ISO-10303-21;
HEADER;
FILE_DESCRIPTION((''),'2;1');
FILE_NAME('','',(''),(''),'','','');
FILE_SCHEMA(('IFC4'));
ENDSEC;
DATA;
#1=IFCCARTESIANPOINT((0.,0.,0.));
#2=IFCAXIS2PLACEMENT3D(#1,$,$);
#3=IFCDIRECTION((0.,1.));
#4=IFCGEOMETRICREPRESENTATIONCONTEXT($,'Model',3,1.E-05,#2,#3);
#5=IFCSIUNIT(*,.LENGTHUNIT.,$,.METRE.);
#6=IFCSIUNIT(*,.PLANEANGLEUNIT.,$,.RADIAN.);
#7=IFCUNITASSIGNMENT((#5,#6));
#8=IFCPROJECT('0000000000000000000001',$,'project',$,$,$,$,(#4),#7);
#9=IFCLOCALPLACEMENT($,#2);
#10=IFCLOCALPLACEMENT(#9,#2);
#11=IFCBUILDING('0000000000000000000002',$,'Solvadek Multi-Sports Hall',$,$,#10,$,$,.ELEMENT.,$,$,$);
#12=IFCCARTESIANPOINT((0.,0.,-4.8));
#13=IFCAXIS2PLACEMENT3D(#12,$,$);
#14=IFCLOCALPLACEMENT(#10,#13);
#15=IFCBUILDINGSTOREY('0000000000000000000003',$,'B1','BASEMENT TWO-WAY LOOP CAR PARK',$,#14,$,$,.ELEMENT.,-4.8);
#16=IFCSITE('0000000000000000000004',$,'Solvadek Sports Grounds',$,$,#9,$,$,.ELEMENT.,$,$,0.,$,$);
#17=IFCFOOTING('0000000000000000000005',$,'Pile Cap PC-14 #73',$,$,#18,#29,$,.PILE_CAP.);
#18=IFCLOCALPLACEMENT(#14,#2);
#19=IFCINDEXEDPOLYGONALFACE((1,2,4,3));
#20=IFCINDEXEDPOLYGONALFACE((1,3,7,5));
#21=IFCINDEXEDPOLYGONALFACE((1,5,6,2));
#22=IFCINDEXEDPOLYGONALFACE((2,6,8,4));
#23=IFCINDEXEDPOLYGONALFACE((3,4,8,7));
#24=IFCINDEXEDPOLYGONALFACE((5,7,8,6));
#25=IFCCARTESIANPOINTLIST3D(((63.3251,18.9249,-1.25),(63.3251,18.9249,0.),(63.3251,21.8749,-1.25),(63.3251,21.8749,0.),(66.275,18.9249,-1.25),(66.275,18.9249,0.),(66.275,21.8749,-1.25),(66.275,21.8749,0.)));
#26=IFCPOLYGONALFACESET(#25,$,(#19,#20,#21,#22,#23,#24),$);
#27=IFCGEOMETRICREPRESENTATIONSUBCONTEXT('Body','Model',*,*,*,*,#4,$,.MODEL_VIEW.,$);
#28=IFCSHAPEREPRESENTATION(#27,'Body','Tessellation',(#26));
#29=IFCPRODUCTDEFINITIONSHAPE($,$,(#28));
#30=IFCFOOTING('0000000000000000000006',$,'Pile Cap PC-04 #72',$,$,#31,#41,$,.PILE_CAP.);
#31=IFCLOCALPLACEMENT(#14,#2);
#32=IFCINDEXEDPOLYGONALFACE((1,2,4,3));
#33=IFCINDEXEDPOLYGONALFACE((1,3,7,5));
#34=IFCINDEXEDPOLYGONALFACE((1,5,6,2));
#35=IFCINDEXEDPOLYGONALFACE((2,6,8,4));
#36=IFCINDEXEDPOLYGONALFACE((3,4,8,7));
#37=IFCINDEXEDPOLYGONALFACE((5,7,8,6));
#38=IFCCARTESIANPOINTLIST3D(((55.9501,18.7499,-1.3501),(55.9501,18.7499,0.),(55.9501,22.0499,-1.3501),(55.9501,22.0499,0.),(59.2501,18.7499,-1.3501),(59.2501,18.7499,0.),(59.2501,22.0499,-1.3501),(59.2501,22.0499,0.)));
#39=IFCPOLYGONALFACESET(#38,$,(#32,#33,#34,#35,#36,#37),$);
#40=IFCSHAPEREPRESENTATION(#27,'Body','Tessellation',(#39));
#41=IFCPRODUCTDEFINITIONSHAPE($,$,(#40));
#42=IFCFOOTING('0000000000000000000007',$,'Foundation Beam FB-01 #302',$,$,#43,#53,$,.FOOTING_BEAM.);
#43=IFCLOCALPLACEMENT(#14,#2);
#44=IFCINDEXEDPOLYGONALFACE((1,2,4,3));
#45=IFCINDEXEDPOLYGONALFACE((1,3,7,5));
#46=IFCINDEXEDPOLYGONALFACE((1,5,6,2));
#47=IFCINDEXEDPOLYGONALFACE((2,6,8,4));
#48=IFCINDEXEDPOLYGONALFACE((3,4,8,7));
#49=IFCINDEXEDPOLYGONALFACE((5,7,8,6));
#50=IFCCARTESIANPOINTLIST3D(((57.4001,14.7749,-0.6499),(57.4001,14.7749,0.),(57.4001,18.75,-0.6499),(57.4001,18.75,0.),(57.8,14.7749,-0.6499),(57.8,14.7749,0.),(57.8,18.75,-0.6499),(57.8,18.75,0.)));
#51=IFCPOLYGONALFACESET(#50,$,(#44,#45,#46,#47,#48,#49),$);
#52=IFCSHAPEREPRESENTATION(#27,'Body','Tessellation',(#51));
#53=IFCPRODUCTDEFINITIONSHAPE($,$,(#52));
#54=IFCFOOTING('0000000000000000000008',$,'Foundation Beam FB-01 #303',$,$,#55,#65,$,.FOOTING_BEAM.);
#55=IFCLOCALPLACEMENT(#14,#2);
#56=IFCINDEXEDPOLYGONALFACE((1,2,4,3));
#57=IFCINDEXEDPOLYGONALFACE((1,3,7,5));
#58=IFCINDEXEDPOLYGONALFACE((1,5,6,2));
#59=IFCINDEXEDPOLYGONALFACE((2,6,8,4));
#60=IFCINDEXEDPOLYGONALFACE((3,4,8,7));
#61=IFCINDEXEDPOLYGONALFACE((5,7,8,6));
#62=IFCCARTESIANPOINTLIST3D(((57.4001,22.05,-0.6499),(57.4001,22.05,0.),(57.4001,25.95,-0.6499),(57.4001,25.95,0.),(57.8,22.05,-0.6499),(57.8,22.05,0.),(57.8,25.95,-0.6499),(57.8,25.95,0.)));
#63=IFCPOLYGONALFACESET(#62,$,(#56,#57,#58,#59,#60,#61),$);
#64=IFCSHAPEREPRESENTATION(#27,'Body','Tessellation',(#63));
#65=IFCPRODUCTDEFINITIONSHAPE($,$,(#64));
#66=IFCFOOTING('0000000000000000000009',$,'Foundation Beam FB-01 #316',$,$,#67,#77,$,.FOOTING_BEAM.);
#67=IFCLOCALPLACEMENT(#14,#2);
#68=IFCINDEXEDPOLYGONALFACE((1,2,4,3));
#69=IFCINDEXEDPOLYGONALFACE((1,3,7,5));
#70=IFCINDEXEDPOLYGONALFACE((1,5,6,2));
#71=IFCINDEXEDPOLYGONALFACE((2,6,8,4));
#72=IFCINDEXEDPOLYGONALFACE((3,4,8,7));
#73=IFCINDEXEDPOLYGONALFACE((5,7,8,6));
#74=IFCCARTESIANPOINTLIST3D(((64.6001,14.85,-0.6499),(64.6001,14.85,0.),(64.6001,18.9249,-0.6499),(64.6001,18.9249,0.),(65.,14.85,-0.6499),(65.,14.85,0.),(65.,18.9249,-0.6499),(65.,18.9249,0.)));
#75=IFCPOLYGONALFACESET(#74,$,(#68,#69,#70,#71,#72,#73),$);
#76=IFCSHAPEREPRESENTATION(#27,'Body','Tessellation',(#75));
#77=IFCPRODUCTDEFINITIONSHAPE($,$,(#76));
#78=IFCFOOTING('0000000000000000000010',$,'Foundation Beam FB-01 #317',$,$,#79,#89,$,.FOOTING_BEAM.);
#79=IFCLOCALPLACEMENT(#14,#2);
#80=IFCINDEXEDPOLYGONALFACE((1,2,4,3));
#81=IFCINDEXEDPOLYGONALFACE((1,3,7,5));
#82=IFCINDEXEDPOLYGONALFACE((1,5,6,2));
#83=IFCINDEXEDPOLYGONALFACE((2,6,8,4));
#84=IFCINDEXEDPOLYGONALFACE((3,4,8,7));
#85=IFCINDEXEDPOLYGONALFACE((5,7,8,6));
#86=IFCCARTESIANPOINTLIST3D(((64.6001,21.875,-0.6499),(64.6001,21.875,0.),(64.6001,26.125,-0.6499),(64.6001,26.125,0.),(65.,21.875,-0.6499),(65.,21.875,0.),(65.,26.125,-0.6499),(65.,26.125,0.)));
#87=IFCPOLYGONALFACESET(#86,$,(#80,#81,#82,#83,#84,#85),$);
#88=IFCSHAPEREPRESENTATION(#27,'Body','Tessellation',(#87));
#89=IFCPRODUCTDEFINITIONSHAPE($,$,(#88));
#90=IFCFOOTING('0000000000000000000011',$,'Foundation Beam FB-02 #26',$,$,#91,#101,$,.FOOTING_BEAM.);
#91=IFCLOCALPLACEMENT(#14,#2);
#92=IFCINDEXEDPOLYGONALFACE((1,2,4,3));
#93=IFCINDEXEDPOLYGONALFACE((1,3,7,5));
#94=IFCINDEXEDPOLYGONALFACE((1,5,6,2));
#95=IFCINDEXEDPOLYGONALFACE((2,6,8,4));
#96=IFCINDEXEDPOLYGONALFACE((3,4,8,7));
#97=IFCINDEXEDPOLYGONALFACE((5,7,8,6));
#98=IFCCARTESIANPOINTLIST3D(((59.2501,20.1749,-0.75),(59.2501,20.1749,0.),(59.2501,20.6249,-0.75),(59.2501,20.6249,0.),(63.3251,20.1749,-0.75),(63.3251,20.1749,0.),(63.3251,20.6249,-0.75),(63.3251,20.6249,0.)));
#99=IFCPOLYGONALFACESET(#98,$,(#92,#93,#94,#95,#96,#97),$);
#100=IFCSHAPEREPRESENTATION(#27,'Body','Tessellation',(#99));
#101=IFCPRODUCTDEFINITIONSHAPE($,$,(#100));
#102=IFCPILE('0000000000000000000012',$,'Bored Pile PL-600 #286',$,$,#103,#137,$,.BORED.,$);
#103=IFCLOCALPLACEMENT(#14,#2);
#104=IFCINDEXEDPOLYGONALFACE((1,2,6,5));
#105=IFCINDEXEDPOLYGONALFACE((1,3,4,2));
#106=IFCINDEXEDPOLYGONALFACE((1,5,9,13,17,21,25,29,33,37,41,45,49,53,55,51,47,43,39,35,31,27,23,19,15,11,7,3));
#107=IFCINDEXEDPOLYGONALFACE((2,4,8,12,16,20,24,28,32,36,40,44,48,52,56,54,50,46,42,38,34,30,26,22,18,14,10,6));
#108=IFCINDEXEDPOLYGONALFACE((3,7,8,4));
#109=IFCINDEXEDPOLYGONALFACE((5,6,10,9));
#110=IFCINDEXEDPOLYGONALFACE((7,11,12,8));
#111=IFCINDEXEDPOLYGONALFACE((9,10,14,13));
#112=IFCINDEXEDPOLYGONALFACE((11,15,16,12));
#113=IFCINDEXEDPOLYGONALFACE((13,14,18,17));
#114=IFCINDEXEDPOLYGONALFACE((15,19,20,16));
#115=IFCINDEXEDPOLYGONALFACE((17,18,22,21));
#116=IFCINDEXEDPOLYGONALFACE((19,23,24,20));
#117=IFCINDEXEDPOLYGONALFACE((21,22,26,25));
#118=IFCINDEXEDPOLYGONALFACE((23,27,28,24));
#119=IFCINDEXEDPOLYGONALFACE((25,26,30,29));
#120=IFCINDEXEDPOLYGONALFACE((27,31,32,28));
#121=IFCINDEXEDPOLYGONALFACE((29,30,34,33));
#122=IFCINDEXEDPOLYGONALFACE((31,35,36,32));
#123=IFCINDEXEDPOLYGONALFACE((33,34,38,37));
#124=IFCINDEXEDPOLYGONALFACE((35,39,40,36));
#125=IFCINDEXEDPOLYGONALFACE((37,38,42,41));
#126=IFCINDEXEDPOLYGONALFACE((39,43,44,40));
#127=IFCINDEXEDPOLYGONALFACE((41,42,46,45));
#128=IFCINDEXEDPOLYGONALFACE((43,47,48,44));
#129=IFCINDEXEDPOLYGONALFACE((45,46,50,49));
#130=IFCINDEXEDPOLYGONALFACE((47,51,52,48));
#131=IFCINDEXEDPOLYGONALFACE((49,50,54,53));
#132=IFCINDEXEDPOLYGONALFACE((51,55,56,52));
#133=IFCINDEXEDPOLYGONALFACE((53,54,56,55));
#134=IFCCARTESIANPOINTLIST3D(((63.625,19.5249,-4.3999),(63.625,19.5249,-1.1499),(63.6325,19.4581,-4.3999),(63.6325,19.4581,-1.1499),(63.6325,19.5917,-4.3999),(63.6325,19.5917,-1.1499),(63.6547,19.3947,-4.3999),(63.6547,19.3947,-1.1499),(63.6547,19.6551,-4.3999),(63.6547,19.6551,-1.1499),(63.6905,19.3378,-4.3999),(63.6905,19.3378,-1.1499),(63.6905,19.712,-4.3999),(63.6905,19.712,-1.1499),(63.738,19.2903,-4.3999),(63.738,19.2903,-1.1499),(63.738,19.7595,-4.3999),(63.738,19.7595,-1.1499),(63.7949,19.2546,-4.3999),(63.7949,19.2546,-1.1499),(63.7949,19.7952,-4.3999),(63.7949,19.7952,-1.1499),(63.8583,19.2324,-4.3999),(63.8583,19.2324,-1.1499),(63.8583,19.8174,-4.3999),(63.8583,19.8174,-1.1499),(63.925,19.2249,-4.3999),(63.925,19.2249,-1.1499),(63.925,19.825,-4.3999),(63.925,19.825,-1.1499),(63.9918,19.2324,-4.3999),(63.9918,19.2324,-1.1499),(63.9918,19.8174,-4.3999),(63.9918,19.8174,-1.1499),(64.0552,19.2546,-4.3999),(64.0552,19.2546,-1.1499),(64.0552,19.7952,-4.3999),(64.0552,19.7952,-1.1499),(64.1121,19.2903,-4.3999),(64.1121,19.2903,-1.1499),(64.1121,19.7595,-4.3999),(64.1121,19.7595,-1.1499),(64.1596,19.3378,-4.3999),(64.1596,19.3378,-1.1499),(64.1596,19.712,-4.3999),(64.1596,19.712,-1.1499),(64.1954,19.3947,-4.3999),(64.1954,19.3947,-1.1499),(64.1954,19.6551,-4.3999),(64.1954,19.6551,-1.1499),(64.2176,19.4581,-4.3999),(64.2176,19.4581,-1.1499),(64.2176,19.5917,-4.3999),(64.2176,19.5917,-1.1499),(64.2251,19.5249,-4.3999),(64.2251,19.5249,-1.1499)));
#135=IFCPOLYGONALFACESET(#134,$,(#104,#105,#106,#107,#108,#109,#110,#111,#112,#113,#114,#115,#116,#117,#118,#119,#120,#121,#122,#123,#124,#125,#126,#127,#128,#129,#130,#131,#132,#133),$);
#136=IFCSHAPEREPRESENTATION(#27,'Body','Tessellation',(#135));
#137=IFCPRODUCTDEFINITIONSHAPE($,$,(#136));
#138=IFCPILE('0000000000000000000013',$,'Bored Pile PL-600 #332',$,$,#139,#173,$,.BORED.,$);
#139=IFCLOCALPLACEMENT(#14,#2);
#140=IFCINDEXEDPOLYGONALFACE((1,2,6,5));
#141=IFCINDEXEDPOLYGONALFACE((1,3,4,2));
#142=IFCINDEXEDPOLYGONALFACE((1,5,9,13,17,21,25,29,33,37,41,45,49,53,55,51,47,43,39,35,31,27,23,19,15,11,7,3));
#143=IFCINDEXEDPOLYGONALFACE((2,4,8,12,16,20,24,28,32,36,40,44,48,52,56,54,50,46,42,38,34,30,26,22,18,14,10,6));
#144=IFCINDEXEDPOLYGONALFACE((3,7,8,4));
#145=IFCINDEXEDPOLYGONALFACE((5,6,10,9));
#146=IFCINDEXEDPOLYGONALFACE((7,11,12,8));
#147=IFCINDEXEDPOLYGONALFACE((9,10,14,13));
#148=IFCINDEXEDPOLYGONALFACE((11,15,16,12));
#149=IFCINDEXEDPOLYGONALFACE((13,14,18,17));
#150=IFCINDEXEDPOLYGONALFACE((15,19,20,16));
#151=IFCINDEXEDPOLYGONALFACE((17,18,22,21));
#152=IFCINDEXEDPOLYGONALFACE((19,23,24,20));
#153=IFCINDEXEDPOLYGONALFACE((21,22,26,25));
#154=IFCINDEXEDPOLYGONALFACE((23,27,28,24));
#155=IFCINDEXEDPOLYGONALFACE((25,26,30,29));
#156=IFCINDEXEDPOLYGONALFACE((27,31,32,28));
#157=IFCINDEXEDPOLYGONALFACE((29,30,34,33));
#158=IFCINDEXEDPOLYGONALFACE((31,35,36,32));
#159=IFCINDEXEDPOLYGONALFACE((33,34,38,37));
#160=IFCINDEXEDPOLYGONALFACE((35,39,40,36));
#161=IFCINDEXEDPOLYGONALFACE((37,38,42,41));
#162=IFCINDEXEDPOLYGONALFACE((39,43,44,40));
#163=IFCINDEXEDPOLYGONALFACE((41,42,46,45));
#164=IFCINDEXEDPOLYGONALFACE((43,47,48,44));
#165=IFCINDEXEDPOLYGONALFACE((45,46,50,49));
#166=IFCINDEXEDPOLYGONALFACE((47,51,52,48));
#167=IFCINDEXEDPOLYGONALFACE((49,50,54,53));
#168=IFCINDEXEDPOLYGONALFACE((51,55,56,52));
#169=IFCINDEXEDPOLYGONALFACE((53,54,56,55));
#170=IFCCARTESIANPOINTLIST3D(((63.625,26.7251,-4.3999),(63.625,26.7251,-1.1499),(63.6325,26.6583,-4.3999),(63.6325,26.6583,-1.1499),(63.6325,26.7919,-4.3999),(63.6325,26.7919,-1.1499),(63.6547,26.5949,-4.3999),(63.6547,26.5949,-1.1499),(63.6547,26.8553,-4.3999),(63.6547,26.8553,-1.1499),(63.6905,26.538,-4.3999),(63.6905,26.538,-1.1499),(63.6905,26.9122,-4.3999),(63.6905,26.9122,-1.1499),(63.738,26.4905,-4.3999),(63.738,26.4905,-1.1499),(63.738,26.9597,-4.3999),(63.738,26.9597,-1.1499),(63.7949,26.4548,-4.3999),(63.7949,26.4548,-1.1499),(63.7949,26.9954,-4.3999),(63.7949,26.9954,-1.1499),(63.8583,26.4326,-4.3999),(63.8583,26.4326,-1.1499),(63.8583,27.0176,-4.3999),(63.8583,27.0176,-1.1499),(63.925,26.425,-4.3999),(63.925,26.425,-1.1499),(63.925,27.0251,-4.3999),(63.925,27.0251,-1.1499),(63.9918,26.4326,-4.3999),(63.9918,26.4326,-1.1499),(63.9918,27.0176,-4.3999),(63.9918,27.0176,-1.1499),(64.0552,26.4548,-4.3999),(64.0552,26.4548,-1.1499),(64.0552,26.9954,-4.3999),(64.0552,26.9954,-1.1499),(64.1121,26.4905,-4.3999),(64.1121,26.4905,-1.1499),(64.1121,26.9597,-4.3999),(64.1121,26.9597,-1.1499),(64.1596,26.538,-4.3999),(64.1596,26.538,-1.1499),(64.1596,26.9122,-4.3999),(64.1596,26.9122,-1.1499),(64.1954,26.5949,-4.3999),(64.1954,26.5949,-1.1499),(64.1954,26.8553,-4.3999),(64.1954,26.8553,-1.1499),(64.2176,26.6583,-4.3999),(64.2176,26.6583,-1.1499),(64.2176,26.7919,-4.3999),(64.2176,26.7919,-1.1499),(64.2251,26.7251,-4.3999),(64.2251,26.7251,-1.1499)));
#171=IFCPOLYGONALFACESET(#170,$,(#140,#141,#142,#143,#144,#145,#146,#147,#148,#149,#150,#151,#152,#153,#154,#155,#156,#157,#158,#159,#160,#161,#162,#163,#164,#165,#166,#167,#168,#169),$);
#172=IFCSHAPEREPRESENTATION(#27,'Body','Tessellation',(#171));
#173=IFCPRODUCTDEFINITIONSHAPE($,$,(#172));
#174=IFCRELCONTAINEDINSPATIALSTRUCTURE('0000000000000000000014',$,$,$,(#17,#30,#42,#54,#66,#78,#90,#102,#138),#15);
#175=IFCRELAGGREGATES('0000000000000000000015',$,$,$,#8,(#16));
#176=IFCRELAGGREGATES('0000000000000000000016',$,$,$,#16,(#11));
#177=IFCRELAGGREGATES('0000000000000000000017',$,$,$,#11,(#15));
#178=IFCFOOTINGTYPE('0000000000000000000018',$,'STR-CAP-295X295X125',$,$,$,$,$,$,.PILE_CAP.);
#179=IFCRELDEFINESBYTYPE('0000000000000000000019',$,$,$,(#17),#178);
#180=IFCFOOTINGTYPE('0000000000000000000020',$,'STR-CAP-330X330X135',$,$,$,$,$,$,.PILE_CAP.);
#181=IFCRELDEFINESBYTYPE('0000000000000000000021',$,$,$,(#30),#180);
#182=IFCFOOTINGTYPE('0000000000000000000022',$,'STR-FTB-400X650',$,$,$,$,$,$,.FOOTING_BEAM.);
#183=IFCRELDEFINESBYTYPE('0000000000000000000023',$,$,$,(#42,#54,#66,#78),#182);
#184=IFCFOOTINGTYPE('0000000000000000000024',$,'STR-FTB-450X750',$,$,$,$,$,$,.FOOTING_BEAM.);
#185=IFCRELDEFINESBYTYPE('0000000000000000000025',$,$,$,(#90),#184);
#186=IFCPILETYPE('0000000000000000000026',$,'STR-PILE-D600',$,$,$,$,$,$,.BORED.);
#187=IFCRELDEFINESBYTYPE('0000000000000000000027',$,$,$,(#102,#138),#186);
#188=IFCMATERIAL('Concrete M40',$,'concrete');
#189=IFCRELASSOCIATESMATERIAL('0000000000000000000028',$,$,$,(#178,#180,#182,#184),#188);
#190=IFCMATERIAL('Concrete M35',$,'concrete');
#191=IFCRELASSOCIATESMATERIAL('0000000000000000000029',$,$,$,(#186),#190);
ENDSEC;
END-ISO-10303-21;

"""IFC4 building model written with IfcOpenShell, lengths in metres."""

from ifc_helpers import new_model, si_unit, direction, frame, origin, origin_2d, place, context, subcontext, project, spatial, rectangle, circle, extrude, material, material_profile, profile_set, type_object, element, save


model = new_model("IFC4")

# Units and contexts
model_context = context("Model", 3, precision=1e-05, world=origin(), true_north=direction((0.0, 1.0)))
body_context = subcontext(model_context, "Body", "Model", "MODEL_VIEW")
ifc_project = project(units=[si_unit("LENGTHUNIT", "METRE"), si_unit("PLANEANGLEUNIT", "RADIAN")], contexts=[model_context])

# Site, building, storey
site_placement = place(None, origin())
site = spatial("IfcSite", under=ifc_project, at=site_placement, Name="Solvadek Sports Grounds", CompositionType="ELEMENT", RefElevation=0.0)
building_placement = place(site_placement, origin())
building = spatial("IfcBuilding", under=site, at=building_placement, Name="Solvadek Multi-Sports Hall", CompositionType="ELEMENT")
storey_placement = place(building_placement, frame((0.0, 0.0, -4.8)))
storey = spatial("IfcBuildingStorey", under=building, at=storey_placement, Name="B1", Description="BASEMENT TWO-WAY LOOP CAR PARK", CompositionType="ELEMENT", Elevation=-4.8)

# Footings
ifc_material_1 = material(Name="Concrete M40", Category="concrete")
footing_type_1 = type_object("IfcFootingType", Name="STR-CAP-295X295X125", PredefinedType="PILE_CAP", material=ifc_material_1)
footing_1_placement = place(storey_placement, frame((64.8, 20.3999, -1.25), z_axis=(0.0, 0.0, 1.0), x_axis=(1.0, 0.0, 0.0)))
element("IfcFooting", 1, at=footing_1_placement, inside=storey, type_object=footing_type_1, Name="Pile Cap PC-14 #73", PredefinedType="PILE_CAP", context=body_context, shape_type="SweptSolid", body=[
    extrude(rectangle(XDim=2.95, YDim=2.95, at=origin_2d()), origin(), (0.0, 0.0, 1.0), 1.25),
])
footing_type_2 = type_object("IfcFootingType", Name="STR-CAP-330X330X135", PredefinedType="PILE_CAP", material=ifc_material_1)
footing_2_placement = place(storey_placement, frame((57.6001, 20.3999, -1.3501), z_axis=(0.0, 0.0, 1.0), x_axis=(1.0, 0.0, 0.0)))
element("IfcFooting", 2, at=footing_2_placement, inside=storey, type_object=footing_type_2, Name="Pile Cap PC-04 #72", PredefinedType="PILE_CAP", context=body_context, shape_type="SweptSolid", body=[
    extrude(rectangle(XDim=3.3, YDim=3.3, at=origin_2d()), origin(), (0.0, 0.0, 1.0), 1.3501),
])
footing_type_3 = type_object("IfcFootingType", Name="STR-FTB-400X650", PredefinedType="FOOTING_BEAM", material=ifc_material_1)
footing_3_placement = place(storey_placement, frame((57.6001, 16.7625, -0.6499), z_axis=(0.0, 0.0, 1.0), x_axis=(0.0, 1.0, 0.0)))
element("IfcFooting", 3, at=footing_3_placement, inside=storey, type_object=footing_type_3, Name="Foundation Beam FB-01 #302", PredefinedType="FOOTING_BEAM", context=body_context, shape_type="SweptSolid", body=[
    extrude(rectangle(XDim=3.9751, YDim=0.3999, at=origin_2d()), origin(), (0.0, 0.0, 1.0), 0.6499),
])
footing_4_placement = place(storey_placement, frame((57.6001, 24.0, -0.6499), z_axis=(0.0, 0.0, 1.0), x_axis=(0.0, 1.0, 0.0)))
element("IfcFooting", 4, at=footing_4_placement, inside=storey, type_object=footing_type_3, Name="Foundation Beam FB-01 #303", PredefinedType="FOOTING_BEAM", context=body_context, shape_type="SweptSolid", body=[
    extrude(rectangle(XDim=3.8999, YDim=0.3999, at=origin_2d()), origin(), (0.0, 0.0, 1.0), 0.6499),
])
footing_5_placement = place(storey_placement, frame((64.8, 16.8875, -0.6499), z_axis=(0.0, 0.0, 1.0), x_axis=(0.0, 1.0, 0.0)))
element("IfcFooting", 5, at=footing_5_placement, inside=storey, type_object=footing_type_3, Name="Foundation Beam FB-01 #316", PredefinedType="FOOTING_BEAM", context=body_context, shape_type="SweptSolid", body=[
    extrude(rectangle(XDim=4.075, YDim=0.3999, at=origin_2d()), origin(), (0.0, 0.0, 1.0), 0.6499),
])
footing_6_placement = place(storey_placement, frame((64.8, 24.0, -0.6499), z_axis=(0.0, 0.0, 1.0), x_axis=(0.0, 1.0, 0.0)))
element("IfcFooting", 6, at=footing_6_placement, inside=storey, type_object=footing_type_3, Name="Foundation Beam FB-01 #317", PredefinedType="FOOTING_BEAM", context=body_context, shape_type="SweptSolid", body=[
    extrude(rectangle(XDim=4.25, YDim=0.3999, at=origin_2d()), origin(), (0.0, 0.0, 1.0), 0.6499),
])
footing_type_4 = type_object("IfcFootingType", Name="STR-FTB-450X750", PredefinedType="FOOTING_BEAM", material=ifc_material_1)
footing_7_placement = place(storey_placement, frame((61.2876, 20.3999, -0.75), z_axis=(0.0, 0.0, 1.0), x_axis=(1.0, 0.0, 0.0)))
element("IfcFooting", 7, at=footing_7_placement, inside=storey, type_object=footing_type_4, Name="Foundation Beam FB-02 #26", PredefinedType="FOOTING_BEAM", context=body_context, shape_type="SweptSolid", body=[
    extrude(rectangle(XDim=4.075, YDim=0.45, at=origin_2d()), origin(), (0.0, 0.0, 1.0), 0.75),
])

# Piles
ifc_material_2 = material(Name="Concrete M35", Category="concrete")
ifc_material_profile_1 = material_profile(ifc_material_2, circle(Radius=0.3, at=origin_2d()), Name="BORED PILE D600")
ifc_profile_set_1 = profile_set([ifc_material_profile_1], Name="Concrete M35")
pile_type_1 = type_object("IfcPileType", Name="STR-PILE-D600", PredefinedType="BORED", material=ifc_profile_set_1)
for number, where, z_axis, x_axis, name in (
    (8, (63.925, 19.5249, -1.1499), (0.0, 0.0, -1.0), (1.0, 0.0, 0.0), "Bored Pile PL-600 #286"),
    (9, (63.925, 26.7251, -1.1499), (0.0, 0.0, -1.0), (1.0, 0.0, 0.0), "Bored Pile PL-600 #332"),
):
    element("IfcPile", number, at=place(storey_placement, frame(where, z_axis=z_axis, x_axis=x_axis)), inside=storey, type_object=pile_type_1, Name=name, PredefinedType="BORED", context=body_context, shape_type="SweptSolid", body=[
        extrude(circle(Radius=0.3, at=origin_2d()), origin(), (0.0, 0.0, 1.0), 3.25),
    ])

save(model, "model.ifc")
